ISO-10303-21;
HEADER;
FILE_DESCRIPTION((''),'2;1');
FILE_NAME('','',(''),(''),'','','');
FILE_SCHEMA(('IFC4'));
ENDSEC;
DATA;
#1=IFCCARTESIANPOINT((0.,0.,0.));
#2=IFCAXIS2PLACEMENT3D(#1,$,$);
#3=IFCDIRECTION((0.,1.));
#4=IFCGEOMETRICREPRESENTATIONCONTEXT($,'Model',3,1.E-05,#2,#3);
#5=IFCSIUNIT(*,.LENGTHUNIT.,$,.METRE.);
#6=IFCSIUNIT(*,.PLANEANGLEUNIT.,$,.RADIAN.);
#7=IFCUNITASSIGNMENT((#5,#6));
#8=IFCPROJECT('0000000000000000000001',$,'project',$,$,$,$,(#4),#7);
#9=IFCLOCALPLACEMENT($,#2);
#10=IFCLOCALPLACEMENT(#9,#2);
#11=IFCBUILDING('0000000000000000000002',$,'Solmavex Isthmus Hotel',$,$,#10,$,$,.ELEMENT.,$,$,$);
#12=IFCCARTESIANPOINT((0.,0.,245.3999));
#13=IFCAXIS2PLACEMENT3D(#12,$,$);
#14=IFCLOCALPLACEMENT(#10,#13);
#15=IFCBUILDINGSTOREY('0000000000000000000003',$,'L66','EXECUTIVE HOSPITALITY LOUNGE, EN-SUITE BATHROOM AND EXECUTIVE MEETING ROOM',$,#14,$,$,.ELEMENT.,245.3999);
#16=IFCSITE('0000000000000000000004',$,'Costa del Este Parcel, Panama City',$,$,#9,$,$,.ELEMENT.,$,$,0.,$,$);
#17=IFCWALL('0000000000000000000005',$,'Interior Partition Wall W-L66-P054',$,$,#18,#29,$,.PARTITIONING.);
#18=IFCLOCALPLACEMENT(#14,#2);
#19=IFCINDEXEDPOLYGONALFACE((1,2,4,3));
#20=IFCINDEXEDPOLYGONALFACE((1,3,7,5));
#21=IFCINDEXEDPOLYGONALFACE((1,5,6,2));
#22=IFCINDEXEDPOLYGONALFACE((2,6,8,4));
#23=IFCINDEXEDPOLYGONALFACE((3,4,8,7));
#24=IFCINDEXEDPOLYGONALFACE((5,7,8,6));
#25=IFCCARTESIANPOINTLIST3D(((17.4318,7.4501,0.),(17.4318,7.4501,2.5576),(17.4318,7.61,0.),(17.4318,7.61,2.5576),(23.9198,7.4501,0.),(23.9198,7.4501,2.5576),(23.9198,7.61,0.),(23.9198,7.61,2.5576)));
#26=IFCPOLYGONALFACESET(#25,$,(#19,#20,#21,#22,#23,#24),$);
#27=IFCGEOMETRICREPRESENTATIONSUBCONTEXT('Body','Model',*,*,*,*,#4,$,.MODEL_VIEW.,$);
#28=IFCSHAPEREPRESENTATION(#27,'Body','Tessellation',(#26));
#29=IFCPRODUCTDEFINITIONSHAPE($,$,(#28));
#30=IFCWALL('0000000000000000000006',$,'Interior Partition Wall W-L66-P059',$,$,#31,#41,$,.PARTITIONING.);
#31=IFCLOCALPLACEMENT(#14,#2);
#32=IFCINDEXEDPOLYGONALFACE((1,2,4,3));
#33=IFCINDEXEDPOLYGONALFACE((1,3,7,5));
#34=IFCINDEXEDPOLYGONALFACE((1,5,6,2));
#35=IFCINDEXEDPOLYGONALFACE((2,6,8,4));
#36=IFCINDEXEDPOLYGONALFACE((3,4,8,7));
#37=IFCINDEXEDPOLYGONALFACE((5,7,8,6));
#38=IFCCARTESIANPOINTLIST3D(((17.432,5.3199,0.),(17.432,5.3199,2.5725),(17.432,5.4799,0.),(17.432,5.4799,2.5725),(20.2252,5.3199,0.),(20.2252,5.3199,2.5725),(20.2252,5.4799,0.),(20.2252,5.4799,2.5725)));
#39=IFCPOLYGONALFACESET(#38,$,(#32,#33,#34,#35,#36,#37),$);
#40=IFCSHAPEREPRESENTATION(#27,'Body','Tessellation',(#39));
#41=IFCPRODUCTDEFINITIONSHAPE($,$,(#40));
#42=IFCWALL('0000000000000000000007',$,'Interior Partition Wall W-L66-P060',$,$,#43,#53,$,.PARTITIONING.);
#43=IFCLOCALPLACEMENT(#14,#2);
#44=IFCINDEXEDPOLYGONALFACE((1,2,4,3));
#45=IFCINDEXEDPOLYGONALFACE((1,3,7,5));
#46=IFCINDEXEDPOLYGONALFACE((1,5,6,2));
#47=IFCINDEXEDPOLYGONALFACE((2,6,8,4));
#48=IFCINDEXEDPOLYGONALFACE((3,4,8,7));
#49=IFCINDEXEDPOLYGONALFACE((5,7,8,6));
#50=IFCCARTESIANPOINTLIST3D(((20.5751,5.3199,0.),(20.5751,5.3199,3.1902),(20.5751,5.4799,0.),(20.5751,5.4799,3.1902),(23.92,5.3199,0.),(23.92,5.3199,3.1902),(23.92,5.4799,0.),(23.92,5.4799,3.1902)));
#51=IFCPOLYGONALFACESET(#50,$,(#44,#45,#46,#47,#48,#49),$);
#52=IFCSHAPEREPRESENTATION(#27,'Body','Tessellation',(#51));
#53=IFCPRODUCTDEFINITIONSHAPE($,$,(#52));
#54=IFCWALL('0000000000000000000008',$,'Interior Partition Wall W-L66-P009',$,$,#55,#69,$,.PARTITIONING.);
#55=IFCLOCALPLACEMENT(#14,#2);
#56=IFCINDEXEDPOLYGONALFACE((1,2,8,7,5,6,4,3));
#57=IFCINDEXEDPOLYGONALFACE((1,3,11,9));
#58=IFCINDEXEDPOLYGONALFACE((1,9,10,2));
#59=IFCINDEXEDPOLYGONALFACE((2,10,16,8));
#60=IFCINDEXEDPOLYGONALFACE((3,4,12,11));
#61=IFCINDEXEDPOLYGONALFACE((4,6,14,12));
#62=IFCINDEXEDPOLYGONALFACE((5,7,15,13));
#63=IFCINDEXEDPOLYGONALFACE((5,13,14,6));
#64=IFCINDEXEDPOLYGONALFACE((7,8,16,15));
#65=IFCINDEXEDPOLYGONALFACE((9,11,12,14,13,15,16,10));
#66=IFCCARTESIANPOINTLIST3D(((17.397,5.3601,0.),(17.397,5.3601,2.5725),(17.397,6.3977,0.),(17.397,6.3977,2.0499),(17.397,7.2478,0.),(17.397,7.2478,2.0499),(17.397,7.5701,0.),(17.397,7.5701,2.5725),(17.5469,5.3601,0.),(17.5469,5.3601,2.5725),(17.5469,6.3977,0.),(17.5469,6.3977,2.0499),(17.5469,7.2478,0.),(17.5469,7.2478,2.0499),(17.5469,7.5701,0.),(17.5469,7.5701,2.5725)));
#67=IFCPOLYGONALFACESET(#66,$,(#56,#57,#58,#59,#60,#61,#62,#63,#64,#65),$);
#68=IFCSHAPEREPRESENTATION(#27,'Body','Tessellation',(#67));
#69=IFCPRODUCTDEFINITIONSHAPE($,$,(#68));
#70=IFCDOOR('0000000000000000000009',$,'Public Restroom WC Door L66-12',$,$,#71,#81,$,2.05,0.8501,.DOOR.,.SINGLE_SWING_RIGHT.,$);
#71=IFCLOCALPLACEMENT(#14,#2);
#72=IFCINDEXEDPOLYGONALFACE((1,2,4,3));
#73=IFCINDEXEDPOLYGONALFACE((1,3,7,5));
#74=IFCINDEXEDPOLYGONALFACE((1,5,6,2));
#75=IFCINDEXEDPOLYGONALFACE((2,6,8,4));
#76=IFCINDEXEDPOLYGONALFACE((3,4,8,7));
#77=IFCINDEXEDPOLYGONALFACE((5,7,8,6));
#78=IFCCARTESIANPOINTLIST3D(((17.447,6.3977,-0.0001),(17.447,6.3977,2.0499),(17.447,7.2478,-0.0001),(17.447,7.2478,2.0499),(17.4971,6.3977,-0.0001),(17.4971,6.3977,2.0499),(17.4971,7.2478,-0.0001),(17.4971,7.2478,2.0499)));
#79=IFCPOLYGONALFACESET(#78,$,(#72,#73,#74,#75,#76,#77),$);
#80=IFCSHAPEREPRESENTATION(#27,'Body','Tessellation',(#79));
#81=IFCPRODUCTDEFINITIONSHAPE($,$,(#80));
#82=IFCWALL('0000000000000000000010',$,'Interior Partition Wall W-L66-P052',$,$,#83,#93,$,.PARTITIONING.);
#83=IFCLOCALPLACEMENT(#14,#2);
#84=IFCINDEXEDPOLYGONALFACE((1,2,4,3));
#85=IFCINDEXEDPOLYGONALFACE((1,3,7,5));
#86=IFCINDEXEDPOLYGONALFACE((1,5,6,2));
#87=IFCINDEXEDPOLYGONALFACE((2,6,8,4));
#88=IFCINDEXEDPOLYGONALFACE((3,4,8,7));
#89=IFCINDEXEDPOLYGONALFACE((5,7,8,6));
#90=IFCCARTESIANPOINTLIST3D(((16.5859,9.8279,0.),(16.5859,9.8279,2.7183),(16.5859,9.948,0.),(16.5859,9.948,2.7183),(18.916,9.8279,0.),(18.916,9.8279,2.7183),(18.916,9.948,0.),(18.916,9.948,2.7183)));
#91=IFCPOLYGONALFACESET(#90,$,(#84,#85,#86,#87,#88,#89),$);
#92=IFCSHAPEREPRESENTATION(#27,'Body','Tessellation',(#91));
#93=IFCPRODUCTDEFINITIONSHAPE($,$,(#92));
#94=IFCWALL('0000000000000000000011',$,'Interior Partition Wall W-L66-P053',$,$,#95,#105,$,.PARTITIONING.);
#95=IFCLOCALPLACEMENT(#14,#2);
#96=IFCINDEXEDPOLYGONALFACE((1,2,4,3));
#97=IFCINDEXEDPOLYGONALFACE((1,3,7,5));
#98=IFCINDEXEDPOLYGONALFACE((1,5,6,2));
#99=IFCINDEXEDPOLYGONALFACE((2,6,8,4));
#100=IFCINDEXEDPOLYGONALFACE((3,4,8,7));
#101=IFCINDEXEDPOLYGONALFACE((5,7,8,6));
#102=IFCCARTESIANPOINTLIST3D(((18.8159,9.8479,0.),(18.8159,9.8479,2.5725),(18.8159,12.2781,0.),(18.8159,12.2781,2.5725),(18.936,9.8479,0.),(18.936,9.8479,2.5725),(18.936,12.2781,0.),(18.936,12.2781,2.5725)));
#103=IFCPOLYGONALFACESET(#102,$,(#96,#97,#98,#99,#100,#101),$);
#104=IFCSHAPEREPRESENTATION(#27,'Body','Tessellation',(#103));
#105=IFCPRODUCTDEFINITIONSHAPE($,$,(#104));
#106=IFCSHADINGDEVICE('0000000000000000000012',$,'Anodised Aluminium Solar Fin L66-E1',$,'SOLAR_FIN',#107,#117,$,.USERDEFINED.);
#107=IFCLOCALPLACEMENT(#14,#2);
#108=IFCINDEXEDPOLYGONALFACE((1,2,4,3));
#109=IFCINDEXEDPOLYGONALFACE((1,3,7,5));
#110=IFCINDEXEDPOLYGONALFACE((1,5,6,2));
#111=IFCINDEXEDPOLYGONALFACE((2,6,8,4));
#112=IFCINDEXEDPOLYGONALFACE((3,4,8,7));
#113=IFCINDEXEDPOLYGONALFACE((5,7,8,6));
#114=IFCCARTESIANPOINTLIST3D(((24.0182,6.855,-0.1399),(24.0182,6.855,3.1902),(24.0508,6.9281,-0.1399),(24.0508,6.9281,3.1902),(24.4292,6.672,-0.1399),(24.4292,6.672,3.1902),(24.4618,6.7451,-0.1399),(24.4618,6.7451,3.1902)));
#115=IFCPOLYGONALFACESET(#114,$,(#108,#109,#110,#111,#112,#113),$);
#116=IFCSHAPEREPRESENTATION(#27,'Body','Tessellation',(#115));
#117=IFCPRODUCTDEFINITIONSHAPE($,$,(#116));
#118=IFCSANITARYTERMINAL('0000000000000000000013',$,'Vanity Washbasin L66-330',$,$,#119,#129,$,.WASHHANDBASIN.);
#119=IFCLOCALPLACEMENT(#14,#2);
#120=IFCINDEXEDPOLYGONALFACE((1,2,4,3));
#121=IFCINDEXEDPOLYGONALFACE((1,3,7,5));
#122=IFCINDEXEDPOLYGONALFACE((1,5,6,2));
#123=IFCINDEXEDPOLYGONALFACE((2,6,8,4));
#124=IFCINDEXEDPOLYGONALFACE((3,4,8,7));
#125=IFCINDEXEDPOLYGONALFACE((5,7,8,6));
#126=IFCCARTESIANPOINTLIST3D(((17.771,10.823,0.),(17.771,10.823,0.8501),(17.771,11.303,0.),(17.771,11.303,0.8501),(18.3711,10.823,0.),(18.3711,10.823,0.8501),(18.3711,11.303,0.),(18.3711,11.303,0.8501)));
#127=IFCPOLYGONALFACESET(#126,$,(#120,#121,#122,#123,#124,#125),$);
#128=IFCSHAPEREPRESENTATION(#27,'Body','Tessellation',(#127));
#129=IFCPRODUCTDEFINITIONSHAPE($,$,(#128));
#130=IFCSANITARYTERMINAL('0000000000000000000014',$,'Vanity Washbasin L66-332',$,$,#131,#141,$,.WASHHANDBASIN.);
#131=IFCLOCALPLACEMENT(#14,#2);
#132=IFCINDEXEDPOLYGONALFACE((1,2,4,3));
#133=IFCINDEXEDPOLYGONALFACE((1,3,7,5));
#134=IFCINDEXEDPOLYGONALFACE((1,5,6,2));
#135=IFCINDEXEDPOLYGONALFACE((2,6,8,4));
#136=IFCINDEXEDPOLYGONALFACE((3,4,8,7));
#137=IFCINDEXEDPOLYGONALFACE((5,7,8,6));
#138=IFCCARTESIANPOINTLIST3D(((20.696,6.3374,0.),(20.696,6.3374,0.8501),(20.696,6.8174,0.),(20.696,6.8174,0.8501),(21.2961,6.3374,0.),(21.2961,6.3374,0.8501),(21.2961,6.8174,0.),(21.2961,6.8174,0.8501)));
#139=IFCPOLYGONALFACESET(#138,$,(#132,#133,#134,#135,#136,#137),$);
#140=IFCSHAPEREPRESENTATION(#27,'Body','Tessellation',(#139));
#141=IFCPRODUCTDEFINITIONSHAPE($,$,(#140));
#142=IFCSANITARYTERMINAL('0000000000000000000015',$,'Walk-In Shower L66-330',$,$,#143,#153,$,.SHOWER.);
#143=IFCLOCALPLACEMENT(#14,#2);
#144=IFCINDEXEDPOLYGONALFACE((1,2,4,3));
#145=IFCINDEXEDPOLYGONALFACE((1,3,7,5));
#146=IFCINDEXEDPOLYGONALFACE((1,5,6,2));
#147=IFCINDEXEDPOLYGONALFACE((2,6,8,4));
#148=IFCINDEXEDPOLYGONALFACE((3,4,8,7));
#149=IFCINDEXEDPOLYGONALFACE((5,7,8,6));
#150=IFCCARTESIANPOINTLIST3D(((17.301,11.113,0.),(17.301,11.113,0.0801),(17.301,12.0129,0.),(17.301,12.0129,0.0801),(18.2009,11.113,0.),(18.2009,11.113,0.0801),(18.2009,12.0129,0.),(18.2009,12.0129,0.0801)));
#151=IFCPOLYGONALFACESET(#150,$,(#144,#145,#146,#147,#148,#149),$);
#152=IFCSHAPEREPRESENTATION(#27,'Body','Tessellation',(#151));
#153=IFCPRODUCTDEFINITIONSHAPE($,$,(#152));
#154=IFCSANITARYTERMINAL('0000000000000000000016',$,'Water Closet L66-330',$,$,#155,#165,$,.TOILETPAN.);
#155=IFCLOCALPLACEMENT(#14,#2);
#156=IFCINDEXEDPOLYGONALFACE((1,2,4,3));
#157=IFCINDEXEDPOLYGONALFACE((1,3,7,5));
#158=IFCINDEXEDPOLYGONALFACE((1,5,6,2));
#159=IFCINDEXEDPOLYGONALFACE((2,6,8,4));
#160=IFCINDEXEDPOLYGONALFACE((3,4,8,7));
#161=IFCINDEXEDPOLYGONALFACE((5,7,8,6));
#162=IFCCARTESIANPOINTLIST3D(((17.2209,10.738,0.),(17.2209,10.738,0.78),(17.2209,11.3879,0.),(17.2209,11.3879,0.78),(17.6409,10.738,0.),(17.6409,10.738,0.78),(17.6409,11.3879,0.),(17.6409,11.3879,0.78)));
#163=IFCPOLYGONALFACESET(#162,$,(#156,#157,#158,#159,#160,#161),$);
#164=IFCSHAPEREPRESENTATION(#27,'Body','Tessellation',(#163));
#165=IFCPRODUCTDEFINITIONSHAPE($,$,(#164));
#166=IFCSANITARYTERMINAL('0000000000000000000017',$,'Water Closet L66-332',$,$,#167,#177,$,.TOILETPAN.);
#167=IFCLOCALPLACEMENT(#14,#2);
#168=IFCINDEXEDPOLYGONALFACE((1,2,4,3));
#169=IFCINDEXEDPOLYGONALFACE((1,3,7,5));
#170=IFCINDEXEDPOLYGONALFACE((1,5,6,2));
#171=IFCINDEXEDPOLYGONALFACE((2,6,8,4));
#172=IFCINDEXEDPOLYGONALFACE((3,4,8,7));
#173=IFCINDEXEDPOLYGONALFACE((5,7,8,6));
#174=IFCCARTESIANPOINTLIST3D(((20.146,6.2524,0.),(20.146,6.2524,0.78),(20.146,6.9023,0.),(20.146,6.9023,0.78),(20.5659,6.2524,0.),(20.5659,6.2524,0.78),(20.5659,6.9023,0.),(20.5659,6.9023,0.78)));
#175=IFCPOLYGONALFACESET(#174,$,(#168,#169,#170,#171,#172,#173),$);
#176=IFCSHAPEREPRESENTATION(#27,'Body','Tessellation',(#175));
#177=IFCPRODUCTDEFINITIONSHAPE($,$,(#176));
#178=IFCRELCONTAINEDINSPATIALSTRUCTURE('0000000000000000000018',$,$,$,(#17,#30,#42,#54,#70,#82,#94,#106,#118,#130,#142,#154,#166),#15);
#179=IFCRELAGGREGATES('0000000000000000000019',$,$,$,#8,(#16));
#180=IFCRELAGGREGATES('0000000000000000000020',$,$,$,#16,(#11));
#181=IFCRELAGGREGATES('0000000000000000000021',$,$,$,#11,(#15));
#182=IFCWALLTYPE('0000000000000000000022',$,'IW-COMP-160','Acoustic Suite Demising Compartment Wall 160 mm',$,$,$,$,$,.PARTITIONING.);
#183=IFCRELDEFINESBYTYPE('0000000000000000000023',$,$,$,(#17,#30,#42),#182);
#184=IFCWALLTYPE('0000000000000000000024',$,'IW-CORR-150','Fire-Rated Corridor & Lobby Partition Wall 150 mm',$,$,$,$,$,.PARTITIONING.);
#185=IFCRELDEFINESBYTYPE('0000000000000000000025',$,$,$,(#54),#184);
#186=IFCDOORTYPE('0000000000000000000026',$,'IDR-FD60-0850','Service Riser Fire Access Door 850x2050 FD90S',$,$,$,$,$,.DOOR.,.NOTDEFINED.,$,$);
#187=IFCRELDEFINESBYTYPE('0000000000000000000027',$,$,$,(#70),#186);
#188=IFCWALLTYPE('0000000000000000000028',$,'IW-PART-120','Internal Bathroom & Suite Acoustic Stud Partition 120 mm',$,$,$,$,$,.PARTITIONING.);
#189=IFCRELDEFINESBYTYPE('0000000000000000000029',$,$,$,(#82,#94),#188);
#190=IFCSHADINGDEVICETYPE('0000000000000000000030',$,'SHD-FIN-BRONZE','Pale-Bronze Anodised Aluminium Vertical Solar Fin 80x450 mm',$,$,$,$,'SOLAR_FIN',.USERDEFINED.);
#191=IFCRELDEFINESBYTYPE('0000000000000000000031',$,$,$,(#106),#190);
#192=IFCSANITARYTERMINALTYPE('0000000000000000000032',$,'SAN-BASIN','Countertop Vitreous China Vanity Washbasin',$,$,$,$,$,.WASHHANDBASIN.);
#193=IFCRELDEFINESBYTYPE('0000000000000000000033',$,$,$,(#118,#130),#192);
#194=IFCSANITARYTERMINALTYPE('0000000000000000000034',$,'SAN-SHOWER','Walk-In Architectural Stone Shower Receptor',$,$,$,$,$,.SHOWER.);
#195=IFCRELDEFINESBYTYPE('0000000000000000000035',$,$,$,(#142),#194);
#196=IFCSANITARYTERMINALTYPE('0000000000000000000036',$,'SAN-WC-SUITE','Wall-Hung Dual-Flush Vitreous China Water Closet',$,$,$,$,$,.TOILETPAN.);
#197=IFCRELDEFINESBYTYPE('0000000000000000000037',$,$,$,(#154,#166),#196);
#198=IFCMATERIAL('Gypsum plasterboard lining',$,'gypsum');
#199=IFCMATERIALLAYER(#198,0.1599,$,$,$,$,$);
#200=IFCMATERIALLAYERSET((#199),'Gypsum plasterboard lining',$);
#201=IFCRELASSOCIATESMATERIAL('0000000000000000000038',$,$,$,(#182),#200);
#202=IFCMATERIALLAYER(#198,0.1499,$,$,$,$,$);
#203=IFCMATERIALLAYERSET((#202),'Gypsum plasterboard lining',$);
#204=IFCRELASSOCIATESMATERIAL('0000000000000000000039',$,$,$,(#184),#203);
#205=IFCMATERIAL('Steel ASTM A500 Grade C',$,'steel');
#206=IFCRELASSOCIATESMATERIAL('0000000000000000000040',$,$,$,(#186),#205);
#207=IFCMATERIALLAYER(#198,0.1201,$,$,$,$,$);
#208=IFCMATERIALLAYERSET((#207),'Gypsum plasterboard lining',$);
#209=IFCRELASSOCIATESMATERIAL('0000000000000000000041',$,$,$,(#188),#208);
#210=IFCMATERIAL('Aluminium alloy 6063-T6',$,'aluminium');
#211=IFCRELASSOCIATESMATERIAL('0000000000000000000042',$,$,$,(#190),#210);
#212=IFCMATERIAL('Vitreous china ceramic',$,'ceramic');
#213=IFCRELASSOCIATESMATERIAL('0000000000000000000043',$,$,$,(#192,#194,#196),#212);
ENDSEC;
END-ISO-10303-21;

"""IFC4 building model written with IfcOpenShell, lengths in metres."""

from ifc_helpers import new_model, si_unit, direction, frame, frame_2d, origin, origin_2d, place, context, subcontext, project, spatial, rectangle, extrude, material, layer, layer_set, type_object, element, fill, save


model = new_model("IFC4")

# Units and contexts
model_context = context("Model", 3, precision=1e-05, world=origin(), true_north=direction((0.0, 1.0)))
body_context = subcontext(model_context, "Body", "Model", "MODEL_VIEW")
ifc_project = project(units=[si_unit("LENGTHUNIT", "METRE"), si_unit("PLANEANGLEUNIT", "RADIAN")], contexts=[model_context])

# Site, building, storey
site_placement = place(None, origin())
site = spatial("IfcSite", under=ifc_project, at=site_placement, Name="Costa del Este Parcel, Panama City", CompositionType="ELEMENT", RefElevation=0.0)
building_placement = place(site_placement, origin())
building = spatial("IfcBuilding", under=site, at=building_placement, Name="Solmavex Isthmus Hotel", CompositionType="ELEMENT")
storey_placement = place(building_placement, frame((0.0, 0.0, 245.3999)))
storey = spatial("IfcBuildingStorey", under=building, at=storey_placement, Name="L66", Description="EXECUTIVE HOSPITALITY LOUNGE, EN-SUITE BATHROOM AND EXECUTIVE MEETING ROOM", CompositionType="ELEMENT", Elevation=245.3999)

# Shared definitions
ifc_material_1 = material(Name="Aluminium alloy 6063-T6", Category="aluminium")

# Walls
ifc_material_2 = material(Name="Gypsum plasterboard lining", Category="gypsum")
ifc_layer_1 = layer(ifc_material_2, 0.1599)
ifc_layer_set_1 = layer_set([ifc_layer_1], Name="Gypsum plasterboard lining")
wall_type_1 = type_object("IfcWallType", Name="IW-COMP-160", Description="Acoustic Suite Demising Compartment Wall 160 mm", PredefinedType="PARTITIONING", material=ifc_layer_set_1)
wall_1_placement = place(storey_placement, frame((23.9199, 7.53, 0.0), z_axis=(0.0, 0.0, 1.0), x_axis=(-1.0, 0.0, 0.0)))
element("IfcWall", 1, at=wall_1_placement, inside=storey, type_object=wall_type_1, Name="Interior Partition Wall W-L66-P054", PredefinedType="PARTITIONING", context=body_context, shape_type="SweptSolid", body=[
    extrude(rectangle(XDim=6.488, YDim=0.1599, at=frame_2d((3.2441, 0.0))), origin(), (0.0, 0.0, 1.0), 2.5576),
])
wall_2_placement = place(storey_placement, frame((20.2251, 5.3999, 0.0), z_axis=(0.0, 0.0, 1.0), x_axis=(-1.0, 0.0, 0.0)))
element("IfcWall", 2, at=wall_2_placement, inside=storey, type_object=wall_type_1, Name="Interior Partition Wall W-L66-P059", PredefinedType="PARTITIONING", context=body_context, shape_type="SweptSolid", body=[
    extrude(rectangle(XDim=2.7932, YDim=0.1599, at=frame_2d((1.3965, 0.0))), origin(), (0.0, 0.0, 1.0), 2.5725),
])
wall_3_placement = place(storey_placement, frame((23.9199, 5.3999, 0.0), z_axis=(0.0, 0.0, 1.0), x_axis=(-1.0, 0.0, 0.0)))
element("IfcWall", 3, at=wall_3_placement, inside=storey, type_object=wall_type_1, Name="Interior Partition Wall W-L66-P060", PredefinedType="PARTITIONING", context=body_context, shape_type="SweptSolid", body=[
    extrude(rectangle(XDim=3.345, YDim=0.1599, at=frame_2d((1.6724, 0.0))), origin(), (0.0, 0.0, 1.0), 3.1902),
])

# Wall, opening, door
ifc_layer_2 = layer(ifc_material_2, 0.1499)
ifc_layer_set_2 = layer_set([ifc_layer_2], Name="Gypsum plasterboard lining")
wall_type_2 = type_object("IfcWallType", Name="IW-CORR-150", Description="Fire-Rated Corridor & Lobby Partition Wall 150 mm", PredefinedType="PARTITIONING", material=ifc_layer_set_2)
wall_4_placement = place(storey_placement, frame((17.4719, 7.5701, 0.0), z_axis=(0.0, 0.0, 1.0), x_axis=(0.0, -1.0, 0.0)))
wall_4 = element("IfcWall", 4, at=wall_4_placement, inside=storey, type_object=wall_type_2, Name="Interior Partition Wall W-L66-P009", PredefinedType="PARTITIONING", context=body_context, shape_type="SweptSolid", body=[
    extrude(rectangle(XDim=2.21, YDim=0.1499, at=frame_2d((1.105, 0.0))), origin(), (0.0, 0.0, 1.0), 2.5725),
])
opening_1_placement = place(wall_4_placement, frame((0.3223, 0.0, 0.0)))
opening_1 = element("IfcOpeningElement", 5, at=opening_1_placement, cuts=wall_4, PredefinedType="OPENING", context=body_context, shape_type="SweptSolid", body=[
    extrude(rectangle(XDim=0.8501, YDim=2.05, at=frame_2d((0.425, 1.0249))), frame((0.0, 0.085, 0.0), z_axis=(0.0, -1.0, 0.0), x_axis=(1.0, 0.0, 0.0)), (0.0, 0.0, 1.0), 0.1699),
])
ifc_material_3 = material(Name="Steel ASTM A500 Grade C", Category="steel")
door_type_1 = type_object("IfcDoorType", Name="IDR-FD60-0850", Description="Service Riser Fire Access Door 850x2050 FD90S", OperationType="NOTDEFINED", PredefinedType="DOOR", material=ifc_material_3)
door_1_placement = place(opening_1_placement, frame((0.8501, 0.0, 0.0), z_axis=(0.0, 0.0, 1.0), x_axis=(-1.0, 0.0, 0.0)))
door_1 = element("IfcDoor", 6, at=door_1_placement, inside=storey, type_object=door_type_1, Name="Public Restroom WC Door L66-12", OperationType="SINGLE_SWING_RIGHT", OverallHeight=2.05, OverallWidth=0.8501, PredefinedType="DOOR", context=body_context, shape_type="SweptSolid", body=[
    extrude(rectangle(XDim=0.8501, YDim=2.05, at=frame_2d((0.425, 1.0249))), frame((0.0, 0.0249, 0.0), z_axis=(0.0, -1.0, 0.0), x_axis=(1.0, 0.0, 0.0)), (0.0, 0.0, 1.0), 0.05),
])
fill(opening_1, door_1)

# Walls
ifc_layer_3 = layer(ifc_material_2, 0.1201)
ifc_layer_set_3 = layer_set([ifc_layer_3], Name="Gypsum plasterboard lining")
wall_type_3 = type_object("IfcWallType", Name="IW-PART-120", Description="Internal Bathroom & Suite Acoustic Stud Partition 120 mm", PredefinedType="PARTITIONING", material=ifc_layer_set_3)
wall_5_placement = place(storey_placement, frame((16.5859, 9.8879, 0.0), z_axis=(0.0, 0.0, 1.0), x_axis=(1.0, 0.0, 0.0)))
element("IfcWall", 7, at=wall_5_placement, inside=storey, type_object=wall_type_3, Name="Interior Partition Wall W-L66-P052", PredefinedType="PARTITIONING", context=body_context, shape_type="SweptSolid", body=[
    extrude(rectangle(XDim=2.3301, YDim=0.1201, at=frame_2d((1.165, 0.0))), origin(), (0.0, 0.0, 1.0), 2.7183),
])
wall_6_placement = place(storey_placement, frame((18.876, 9.8479, 0.0), z_axis=(0.0, 0.0, 1.0), x_axis=(0.0, 1.0, 0.0)))
element("IfcWall", 8, at=wall_6_placement, inside=storey, type_object=wall_type_3, Name="Interior Partition Wall W-L66-P053", PredefinedType="PARTITIONING", context=body_context, shape_type="SweptSolid", body=[
    extrude(rectangle(XDim=2.4302, YDim=0.1201, at=frame_2d((1.2151, 0.0))), origin(), (0.0, 0.0, 1.0), 2.5725),
])

# Shading device
shading_device_type = type_object("IfcShadingDeviceType", Name="SHD-FIN-BRONZE", Description="Pale-Bronze Anodised Aluminium Vertical Solar Fin 80x450 mm", ElementType="SOLAR_FIN", PredefinedType="USERDEFINED", material=ifc_material_1)
shading_device_placement = place(storey_placement, frame((24.24, 6.8, -0.1399), z_axis=(0.0, 0.0, 1.0), x_axis=(0.913545, -0.406737, 0.0)))
element("IfcShadingDevice", 9, at=shading_device_placement, inside=storey, type_object=shading_device_type, Name="Anodised Aluminium Solar Fin L66-E1", ObjectType="SOLAR_FIN", PredefinedType="USERDEFINED", context=body_context, shape_type="SweptSolid", body=[
    extrude(rectangle(XDim=0.45, YDim=0.0801, at=origin_2d()), origin(), (0.0, 0.0, 1.0), 3.3301),
])

# Sanitary terminals
ifc_material_4 = material(Name="Vitreous china ceramic", Category="ceramic")
sanitary_terminal_type_1 = type_object("IfcSanitaryTerminalType", Name="SAN-BASIN", Description="Countertop Vitreous China Vanity Washbasin", PredefinedType="WASHHANDBASIN", material=ifc_material_4)
for number, where, z_axis, x_axis, name in (
    (10, (18.071, 11.063, 0.0), (0.0, 0.0, 1.0), (1.0, 0.0, 0.0), "Vanity Washbasin L66-330"),
    (11, (20.9961, 6.5774, 0.0), (0.0, 0.0, 1.0), (1.0, 0.0, 0.0), "Vanity Washbasin L66-332"),
):
    element("IfcSanitaryTerminal", number, at=place(storey_placement, frame(where, z_axis=z_axis, x_axis=x_axis)), inside=storey, type_object=sanitary_terminal_type_1, Name=name, PredefinedType="WASHHANDBASIN", context=body_context, shape_type="SweptSolid", body=[
        extrude(rectangle(XDim=0.6001, YDim=0.48, at=origin_2d()), origin(), (0.0, 0.0, 1.0), 0.8501),
    ])
sanitary_terminal_type_2 = type_object("IfcSanitaryTerminalType", Name="SAN-SHOWER", Description="Walk-In Architectural Stone Shower Receptor", PredefinedType="SHOWER", material=ifc_material_4)
sanitary_terminal_placement = place(storey_placement, frame((17.751, 11.563, 0.0), z_axis=(0.0, 0.0, 1.0), x_axis=(1.0, 0.0, 0.0)))
element("IfcSanitaryTerminal", 12, at=sanitary_terminal_placement, inside=storey, type_object=sanitary_terminal_type_2, Name="Walk-In Shower L66-330", PredefinedType="SHOWER", context=body_context, shape_type="SweptSolid", body=[
    extrude(rectangle(XDim=0.8999, YDim=0.8999, at=origin_2d()), origin(), (0.0, 0.0, 1.0), 0.0801),
])
sanitary_terminal_type_3 = type_object("IfcSanitaryTerminalType", Name="SAN-WC-SUITE", Description="Wall-Hung Dual-Flush Vitreous China Water Closet", PredefinedType="TOILETPAN", material=ifc_material_4)
for number, where, z_axis, x_axis, name in (
    (13, (17.4309, 11.063, 0.0), (0.0, 0.0, 1.0), (1.0, 0.0, 0.0), "Water Closet L66-330"),
    (14, (20.356, 6.5774, 0.0), (0.0, 0.0, 1.0), (1.0, 0.0, 0.0), "Water Closet L66-332"),
):
    element("IfcSanitaryTerminal", number, at=place(storey_placement, frame(where, z_axis=z_axis, x_axis=x_axis)), inside=storey, type_object=sanitary_terminal_type_3, Name=name, PredefinedType="TOILETPAN", context=body_context, shape_type="SweptSolid", body=[
        extrude(rectangle(XDim=0.4199, YDim=0.6499, at=origin_2d()), origin(), (0.0, 0.0, 1.0), 0.78),
    ])

save(model, "model.ifc")
